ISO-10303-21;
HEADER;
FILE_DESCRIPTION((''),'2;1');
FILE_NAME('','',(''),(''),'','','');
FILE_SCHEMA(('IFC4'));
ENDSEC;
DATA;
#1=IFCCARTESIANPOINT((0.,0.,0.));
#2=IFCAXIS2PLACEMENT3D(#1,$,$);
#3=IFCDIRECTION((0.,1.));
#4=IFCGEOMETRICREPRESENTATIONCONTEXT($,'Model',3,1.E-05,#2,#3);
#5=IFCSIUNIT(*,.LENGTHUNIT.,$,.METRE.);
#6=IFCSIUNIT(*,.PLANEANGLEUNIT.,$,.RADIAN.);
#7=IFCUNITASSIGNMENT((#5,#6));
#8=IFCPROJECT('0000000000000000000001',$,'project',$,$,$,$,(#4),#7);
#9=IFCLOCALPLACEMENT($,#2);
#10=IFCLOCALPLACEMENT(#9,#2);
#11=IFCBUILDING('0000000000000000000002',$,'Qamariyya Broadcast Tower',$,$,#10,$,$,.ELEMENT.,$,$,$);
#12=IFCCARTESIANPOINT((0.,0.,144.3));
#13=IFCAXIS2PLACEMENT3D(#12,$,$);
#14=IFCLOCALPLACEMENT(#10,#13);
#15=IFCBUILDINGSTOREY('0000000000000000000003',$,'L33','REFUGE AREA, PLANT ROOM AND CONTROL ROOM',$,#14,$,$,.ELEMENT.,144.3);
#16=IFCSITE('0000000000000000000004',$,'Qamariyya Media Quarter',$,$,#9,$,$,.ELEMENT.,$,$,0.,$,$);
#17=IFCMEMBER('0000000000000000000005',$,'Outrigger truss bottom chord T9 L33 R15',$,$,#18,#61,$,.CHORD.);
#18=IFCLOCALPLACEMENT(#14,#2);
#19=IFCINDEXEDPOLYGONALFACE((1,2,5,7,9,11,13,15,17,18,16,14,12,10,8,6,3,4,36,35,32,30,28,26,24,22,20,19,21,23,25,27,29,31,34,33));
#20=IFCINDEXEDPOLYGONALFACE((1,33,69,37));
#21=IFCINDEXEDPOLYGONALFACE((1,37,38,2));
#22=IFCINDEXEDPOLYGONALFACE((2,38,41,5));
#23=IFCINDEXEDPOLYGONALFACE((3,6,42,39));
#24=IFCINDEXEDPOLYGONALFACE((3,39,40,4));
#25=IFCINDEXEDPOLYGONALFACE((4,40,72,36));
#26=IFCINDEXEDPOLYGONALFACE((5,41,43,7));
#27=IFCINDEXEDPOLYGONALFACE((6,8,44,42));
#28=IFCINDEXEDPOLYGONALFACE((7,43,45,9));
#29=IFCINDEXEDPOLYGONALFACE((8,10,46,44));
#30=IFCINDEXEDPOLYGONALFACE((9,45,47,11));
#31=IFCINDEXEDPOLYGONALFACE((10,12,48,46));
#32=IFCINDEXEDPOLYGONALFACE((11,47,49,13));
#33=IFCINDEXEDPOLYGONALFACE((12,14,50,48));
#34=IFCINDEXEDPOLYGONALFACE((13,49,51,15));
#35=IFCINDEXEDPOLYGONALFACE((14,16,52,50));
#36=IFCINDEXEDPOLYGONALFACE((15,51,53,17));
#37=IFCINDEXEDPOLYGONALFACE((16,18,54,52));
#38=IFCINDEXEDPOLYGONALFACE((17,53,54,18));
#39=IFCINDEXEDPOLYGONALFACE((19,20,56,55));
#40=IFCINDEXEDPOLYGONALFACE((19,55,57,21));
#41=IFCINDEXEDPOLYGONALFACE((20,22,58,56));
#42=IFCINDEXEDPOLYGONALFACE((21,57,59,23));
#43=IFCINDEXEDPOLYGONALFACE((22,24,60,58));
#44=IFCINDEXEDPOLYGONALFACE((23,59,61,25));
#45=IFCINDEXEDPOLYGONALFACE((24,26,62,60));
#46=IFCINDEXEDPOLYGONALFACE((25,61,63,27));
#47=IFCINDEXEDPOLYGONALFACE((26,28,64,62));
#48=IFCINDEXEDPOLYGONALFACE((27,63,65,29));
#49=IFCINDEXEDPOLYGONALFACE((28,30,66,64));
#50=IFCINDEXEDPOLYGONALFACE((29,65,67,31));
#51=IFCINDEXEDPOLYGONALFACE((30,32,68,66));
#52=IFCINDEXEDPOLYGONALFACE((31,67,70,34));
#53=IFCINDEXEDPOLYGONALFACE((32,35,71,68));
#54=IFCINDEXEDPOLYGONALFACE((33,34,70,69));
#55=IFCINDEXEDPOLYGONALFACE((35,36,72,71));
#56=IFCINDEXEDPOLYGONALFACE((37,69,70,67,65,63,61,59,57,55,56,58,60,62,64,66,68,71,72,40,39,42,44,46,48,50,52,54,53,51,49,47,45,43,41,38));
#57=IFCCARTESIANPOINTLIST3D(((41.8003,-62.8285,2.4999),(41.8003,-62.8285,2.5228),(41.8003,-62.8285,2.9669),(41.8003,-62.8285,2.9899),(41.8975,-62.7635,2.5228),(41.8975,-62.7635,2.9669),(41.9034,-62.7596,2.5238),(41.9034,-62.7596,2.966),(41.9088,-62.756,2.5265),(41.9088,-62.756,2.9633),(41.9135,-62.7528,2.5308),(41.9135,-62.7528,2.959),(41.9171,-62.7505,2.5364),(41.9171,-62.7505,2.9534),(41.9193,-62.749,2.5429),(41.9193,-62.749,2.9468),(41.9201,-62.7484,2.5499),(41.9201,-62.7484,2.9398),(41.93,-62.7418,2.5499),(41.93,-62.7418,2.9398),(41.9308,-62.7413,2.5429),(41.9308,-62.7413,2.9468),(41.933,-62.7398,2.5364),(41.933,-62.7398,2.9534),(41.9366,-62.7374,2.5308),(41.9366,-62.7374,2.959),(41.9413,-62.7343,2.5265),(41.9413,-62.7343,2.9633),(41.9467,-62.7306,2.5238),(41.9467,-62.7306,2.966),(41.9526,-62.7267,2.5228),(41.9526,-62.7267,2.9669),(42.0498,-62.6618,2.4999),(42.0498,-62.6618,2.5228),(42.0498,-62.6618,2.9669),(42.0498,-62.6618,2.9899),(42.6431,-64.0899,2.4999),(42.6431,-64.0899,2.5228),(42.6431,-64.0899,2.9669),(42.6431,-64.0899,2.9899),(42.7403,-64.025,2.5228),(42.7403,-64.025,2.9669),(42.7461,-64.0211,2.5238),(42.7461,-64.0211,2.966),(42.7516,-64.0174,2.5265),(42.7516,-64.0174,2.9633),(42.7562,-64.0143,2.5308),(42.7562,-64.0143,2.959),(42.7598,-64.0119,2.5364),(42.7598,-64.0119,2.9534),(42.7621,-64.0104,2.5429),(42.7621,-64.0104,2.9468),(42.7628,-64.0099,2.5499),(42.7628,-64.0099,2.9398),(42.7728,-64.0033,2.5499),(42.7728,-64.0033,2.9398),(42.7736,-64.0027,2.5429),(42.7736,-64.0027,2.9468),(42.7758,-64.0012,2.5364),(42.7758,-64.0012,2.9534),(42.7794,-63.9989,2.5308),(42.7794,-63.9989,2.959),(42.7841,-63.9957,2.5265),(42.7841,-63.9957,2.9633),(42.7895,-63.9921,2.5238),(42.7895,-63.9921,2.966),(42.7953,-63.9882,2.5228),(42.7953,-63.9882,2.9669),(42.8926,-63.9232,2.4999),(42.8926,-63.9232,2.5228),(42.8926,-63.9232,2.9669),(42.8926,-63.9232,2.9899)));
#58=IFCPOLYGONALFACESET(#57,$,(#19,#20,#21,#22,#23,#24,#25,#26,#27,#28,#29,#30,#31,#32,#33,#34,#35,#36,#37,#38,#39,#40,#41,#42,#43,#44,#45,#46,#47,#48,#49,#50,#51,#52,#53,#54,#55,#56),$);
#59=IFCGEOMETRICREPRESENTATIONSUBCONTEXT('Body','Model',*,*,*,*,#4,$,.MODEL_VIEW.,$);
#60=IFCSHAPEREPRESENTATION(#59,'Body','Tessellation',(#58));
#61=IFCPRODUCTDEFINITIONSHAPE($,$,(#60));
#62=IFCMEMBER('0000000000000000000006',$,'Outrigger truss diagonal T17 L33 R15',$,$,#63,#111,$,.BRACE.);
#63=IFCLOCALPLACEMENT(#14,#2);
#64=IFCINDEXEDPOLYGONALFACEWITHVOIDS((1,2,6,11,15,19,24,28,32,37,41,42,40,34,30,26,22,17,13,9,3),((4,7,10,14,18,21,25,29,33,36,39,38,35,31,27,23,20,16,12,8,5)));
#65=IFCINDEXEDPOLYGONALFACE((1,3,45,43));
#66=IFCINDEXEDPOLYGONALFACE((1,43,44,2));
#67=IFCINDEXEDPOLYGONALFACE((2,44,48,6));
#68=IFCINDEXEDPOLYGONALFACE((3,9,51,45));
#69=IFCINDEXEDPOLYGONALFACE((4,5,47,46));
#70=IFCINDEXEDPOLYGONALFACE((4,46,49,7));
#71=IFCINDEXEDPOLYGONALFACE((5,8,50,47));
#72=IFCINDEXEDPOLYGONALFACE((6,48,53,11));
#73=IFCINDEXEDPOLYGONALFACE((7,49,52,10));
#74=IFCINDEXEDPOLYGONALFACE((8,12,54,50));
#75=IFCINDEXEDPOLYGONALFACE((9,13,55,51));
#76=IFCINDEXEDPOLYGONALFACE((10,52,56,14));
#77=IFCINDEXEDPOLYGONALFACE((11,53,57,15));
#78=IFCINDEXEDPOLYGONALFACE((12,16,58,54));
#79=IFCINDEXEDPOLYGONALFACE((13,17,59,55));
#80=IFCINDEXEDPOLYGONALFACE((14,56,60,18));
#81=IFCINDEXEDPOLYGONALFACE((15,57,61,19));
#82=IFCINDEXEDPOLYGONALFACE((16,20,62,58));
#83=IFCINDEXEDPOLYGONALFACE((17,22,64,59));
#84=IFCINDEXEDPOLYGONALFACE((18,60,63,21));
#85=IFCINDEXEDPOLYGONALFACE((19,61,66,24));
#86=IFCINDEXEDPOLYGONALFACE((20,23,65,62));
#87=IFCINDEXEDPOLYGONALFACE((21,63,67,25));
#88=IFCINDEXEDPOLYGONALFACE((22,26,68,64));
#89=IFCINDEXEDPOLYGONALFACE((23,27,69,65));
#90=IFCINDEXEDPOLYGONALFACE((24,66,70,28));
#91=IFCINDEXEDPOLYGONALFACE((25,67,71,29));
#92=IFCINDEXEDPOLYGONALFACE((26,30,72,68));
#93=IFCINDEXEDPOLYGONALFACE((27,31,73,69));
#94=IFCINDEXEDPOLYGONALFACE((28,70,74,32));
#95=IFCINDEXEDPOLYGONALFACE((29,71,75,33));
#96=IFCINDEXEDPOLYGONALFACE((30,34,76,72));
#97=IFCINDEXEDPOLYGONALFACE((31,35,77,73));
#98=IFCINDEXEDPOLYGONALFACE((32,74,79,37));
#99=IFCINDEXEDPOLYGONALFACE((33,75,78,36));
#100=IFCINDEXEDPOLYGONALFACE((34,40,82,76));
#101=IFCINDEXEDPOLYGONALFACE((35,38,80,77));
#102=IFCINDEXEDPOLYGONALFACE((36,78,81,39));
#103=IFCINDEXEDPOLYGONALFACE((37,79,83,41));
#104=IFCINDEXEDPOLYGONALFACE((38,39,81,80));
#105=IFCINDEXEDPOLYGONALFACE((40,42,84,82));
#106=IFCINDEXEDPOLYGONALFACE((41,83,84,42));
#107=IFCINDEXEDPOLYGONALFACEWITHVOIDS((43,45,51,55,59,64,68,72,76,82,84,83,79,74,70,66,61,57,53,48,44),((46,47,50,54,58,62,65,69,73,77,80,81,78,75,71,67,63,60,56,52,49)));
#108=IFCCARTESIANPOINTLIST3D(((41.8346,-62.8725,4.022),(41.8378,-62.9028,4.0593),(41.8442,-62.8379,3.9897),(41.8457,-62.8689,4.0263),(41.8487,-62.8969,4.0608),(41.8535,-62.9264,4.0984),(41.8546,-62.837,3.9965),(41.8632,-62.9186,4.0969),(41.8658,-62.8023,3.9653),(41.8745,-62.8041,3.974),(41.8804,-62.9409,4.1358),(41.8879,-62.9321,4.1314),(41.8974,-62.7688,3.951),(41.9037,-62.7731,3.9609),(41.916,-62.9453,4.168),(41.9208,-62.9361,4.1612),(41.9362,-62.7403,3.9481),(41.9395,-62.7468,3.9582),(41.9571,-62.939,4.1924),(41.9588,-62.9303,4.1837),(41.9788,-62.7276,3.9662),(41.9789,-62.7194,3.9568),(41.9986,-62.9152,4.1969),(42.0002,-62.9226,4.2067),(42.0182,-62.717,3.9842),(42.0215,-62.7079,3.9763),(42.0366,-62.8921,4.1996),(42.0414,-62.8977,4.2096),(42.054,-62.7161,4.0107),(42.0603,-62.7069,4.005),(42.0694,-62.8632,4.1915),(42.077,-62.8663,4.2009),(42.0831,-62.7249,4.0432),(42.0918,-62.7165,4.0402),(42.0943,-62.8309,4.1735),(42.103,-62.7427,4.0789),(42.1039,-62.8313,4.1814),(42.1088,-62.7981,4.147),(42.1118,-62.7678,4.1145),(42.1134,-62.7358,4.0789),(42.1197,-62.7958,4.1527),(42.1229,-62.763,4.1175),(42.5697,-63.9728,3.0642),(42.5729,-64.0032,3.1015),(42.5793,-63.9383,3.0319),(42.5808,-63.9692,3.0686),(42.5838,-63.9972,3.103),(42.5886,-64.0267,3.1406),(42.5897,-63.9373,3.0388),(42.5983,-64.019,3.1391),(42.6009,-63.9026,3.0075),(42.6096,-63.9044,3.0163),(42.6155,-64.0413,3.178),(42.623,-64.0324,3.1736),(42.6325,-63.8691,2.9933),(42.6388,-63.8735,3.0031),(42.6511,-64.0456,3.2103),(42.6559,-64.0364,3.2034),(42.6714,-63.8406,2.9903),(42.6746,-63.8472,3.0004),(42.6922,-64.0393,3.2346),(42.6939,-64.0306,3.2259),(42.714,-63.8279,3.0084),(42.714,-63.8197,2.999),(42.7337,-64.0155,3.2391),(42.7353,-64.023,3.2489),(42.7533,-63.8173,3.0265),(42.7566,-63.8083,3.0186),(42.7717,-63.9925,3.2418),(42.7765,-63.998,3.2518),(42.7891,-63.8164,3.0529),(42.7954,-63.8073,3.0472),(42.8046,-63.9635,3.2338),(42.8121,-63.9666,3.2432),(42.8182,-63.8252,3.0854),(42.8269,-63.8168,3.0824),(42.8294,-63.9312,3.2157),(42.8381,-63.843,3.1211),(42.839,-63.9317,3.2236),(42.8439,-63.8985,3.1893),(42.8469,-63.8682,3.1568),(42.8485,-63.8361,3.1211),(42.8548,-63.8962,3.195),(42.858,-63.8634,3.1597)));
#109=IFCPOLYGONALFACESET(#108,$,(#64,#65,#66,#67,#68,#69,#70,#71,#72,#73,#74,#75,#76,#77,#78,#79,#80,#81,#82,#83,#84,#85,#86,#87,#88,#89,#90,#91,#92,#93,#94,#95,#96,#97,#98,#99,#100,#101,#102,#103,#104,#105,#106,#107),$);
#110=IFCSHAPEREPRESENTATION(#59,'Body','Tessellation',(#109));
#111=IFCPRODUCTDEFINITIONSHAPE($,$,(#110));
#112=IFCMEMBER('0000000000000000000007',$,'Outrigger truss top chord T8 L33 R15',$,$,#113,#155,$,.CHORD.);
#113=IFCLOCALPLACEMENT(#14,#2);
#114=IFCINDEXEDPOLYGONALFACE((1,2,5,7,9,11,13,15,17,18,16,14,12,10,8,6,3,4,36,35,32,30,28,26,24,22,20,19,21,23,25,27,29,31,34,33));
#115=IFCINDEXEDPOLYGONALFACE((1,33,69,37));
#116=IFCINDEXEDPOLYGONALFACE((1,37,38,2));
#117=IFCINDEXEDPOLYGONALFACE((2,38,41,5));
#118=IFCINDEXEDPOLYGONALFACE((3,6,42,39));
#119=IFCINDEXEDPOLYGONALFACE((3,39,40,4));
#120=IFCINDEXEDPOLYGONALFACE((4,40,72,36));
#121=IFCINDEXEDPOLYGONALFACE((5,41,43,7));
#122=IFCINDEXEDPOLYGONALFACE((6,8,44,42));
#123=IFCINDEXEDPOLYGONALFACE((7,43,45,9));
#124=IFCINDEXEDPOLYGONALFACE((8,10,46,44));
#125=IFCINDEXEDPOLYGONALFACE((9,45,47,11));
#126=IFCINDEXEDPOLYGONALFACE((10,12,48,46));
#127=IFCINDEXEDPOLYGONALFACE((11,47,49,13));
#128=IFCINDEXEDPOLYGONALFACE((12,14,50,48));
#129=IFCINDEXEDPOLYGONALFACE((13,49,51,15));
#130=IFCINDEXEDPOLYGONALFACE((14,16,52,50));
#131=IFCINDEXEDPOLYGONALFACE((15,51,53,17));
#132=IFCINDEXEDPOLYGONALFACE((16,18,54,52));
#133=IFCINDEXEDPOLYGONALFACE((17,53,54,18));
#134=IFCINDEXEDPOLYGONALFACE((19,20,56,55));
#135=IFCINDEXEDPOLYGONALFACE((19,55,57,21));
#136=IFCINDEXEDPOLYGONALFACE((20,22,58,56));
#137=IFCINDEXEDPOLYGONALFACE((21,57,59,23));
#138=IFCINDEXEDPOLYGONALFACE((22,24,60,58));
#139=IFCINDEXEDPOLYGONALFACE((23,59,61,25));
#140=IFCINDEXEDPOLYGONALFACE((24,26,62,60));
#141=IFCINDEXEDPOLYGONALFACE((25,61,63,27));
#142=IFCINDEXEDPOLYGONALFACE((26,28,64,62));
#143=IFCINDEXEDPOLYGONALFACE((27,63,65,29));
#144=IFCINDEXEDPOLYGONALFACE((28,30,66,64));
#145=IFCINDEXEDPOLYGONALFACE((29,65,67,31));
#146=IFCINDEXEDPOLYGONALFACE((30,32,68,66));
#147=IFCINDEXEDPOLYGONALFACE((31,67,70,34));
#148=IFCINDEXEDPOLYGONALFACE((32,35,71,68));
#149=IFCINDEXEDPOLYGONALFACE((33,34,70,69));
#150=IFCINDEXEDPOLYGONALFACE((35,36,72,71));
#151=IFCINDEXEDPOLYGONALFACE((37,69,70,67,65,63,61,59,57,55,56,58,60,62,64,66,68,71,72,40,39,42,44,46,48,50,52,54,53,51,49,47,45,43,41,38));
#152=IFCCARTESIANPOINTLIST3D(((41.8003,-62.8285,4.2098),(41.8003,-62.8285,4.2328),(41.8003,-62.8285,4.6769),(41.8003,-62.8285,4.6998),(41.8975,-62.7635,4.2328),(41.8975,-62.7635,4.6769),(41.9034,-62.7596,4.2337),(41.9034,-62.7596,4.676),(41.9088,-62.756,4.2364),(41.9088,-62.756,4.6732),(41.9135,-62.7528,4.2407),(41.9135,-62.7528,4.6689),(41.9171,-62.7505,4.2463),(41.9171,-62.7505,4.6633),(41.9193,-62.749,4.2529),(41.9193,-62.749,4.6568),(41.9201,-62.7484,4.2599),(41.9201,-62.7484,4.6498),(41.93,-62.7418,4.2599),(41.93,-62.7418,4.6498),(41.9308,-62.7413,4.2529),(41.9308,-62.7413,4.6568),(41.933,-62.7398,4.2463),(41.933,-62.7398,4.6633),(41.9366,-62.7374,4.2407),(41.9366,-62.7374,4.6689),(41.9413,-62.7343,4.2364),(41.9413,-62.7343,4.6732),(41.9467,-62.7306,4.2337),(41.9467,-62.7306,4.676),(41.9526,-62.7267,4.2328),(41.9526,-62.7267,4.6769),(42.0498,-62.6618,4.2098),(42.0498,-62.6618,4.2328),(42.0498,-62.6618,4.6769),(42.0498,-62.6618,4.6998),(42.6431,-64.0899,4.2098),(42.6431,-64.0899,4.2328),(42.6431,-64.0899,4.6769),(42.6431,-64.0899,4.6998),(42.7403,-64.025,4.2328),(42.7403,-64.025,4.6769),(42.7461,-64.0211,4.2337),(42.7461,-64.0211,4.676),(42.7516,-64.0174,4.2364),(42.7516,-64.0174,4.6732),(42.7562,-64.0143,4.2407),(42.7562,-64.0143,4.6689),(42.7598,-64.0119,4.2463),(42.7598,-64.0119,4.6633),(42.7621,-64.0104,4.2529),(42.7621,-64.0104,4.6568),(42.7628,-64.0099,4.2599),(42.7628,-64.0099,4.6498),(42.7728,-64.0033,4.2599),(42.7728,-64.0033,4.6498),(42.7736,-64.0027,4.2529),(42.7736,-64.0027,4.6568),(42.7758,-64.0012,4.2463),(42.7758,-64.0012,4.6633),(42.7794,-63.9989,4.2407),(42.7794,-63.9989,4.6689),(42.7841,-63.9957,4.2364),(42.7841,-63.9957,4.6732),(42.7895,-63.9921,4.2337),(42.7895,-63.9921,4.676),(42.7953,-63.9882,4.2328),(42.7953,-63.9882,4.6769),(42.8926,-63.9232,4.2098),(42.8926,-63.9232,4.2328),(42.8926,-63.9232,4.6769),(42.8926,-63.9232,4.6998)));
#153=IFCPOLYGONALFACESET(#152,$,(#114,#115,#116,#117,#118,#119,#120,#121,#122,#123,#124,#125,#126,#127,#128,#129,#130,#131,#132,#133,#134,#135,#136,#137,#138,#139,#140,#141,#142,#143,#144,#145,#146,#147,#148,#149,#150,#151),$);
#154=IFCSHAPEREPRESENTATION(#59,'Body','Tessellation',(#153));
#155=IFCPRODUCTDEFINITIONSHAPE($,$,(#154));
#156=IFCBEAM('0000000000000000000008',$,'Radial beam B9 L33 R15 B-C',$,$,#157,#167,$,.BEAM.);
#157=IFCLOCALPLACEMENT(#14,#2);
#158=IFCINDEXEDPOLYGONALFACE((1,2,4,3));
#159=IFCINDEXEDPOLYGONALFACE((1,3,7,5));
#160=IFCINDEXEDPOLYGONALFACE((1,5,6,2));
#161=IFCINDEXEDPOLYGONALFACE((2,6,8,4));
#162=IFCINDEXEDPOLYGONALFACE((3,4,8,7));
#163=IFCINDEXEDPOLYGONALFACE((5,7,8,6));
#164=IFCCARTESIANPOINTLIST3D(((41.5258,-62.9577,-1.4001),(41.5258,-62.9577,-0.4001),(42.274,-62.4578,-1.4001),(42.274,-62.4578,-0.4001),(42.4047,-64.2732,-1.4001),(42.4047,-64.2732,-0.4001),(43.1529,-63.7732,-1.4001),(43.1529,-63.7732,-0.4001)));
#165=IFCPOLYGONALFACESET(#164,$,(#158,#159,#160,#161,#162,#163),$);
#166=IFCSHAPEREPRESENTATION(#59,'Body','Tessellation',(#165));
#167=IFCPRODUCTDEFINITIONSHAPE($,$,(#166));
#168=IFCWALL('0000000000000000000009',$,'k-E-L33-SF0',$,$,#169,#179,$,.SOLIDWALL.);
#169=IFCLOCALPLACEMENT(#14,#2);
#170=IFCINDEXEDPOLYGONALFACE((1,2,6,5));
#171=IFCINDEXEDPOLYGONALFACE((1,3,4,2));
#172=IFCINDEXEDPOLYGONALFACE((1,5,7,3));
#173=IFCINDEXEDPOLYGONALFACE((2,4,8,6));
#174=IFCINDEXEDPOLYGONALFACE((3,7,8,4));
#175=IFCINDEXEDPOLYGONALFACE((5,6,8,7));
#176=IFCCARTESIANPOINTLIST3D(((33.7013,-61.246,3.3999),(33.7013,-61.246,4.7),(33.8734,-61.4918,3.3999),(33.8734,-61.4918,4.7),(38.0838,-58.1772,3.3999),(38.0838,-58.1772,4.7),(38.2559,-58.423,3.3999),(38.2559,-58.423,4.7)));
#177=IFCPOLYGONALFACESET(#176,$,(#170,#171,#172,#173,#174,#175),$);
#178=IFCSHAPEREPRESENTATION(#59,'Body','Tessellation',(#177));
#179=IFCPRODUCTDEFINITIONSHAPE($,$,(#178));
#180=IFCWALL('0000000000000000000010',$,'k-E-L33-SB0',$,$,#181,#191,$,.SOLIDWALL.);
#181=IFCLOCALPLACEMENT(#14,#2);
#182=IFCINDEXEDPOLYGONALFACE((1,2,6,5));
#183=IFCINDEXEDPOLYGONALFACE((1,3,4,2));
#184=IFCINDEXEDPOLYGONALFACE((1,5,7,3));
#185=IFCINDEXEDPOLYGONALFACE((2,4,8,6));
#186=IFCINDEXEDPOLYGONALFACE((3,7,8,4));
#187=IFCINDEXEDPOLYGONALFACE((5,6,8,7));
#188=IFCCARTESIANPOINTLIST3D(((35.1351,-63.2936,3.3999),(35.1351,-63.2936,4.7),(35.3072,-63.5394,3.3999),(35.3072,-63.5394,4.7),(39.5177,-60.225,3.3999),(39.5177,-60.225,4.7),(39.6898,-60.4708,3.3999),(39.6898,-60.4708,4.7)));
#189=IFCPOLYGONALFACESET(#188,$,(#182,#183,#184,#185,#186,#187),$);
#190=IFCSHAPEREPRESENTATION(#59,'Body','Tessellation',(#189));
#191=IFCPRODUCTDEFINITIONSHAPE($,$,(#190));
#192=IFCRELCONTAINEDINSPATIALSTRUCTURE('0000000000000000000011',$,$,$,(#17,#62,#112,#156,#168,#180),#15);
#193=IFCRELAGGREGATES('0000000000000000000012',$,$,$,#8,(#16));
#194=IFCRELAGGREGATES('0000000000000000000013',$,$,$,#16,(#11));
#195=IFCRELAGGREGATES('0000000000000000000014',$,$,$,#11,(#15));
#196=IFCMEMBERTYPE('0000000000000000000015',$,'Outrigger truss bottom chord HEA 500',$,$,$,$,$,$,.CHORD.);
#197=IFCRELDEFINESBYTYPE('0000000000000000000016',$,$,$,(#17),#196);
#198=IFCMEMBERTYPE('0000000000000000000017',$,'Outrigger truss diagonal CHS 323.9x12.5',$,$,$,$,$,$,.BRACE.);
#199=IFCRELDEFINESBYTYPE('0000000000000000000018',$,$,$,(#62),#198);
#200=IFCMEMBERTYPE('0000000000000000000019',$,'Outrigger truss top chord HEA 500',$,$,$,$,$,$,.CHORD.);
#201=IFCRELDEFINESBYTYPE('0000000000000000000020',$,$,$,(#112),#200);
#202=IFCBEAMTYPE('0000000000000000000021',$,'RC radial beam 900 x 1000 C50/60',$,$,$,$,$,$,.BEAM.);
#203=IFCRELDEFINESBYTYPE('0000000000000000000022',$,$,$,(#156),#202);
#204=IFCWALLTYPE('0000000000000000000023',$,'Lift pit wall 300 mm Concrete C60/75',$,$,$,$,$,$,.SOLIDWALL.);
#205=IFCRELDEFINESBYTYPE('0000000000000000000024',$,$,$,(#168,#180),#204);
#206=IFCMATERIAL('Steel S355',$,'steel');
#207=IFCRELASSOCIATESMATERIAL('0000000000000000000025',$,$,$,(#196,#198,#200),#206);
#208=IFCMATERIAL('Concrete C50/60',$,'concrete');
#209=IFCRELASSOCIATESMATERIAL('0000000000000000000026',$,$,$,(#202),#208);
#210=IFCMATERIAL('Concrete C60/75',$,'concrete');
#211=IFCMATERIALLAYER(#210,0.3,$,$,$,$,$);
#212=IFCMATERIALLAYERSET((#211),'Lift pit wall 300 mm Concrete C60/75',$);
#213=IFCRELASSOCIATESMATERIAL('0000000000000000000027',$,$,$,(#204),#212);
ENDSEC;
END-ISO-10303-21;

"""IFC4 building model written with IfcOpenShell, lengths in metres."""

from ifc_helpers import new_model, si_unit, direction, frame, frame_2d, origin, origin_2d, place, context, subcontext, project, spatial, rectangle, hollow_circle, i_section, extrude, material, layer, layer_set, material_profile, profile_set, type_object, element, save


model = new_model("IFC4")

# Units and contexts
model_context = context("Model", 3, precision=1e-05, world=origin(), true_north=direction((0.0, 1.0)))
body_context = subcontext(model_context, "Body", "Model", "MODEL_VIEW")
ifc_project = project(units=[si_unit("LENGTHUNIT", "METRE"), si_unit("PLANEANGLEUNIT", "RADIAN")], contexts=[model_context])

# Site, building, storey
site_placement = place(None, origin())
site = spatial("IfcSite", under=ifc_project, at=site_placement, Name="Qamariyya Media Quarter", CompositionType="ELEMENT", RefElevation=0.0)
building_placement = place(site_placement, origin())
building = spatial("IfcBuilding", under=site, at=building_placement, Name="Qamariyya Broadcast Tower", CompositionType="ELEMENT")
storey_placement = place(building_placement, frame((0.0, 0.0, 144.3)))
storey = spatial("IfcBuildingStorey", under=building, at=storey_placement, Name="L33", Description="REFUGE AREA, PLANT ROOM AND CONTROL ROOM", CompositionType="ELEMENT", Elevation=144.3)

# Members
ifc_material_1 = material(Name="Steel S355", Category="steel")
ifc_material_profile_1 = material_profile(ifc_material_1, i_section(OverallWidth=0.3, OverallDepth=0.49, WebThickness=0.012, FlangeThickness=0.0229, FilletRadius=0.0271, at=origin_2d()))
ifc_profile_set_1 = profile_set([ifc_material_profile_1], Name="Steel S355")
member_type_1 = type_object("IfcMemberType", Name="Outrigger truss bottom chord HEA 500", PredefinedType="CHORD", material=ifc_profile_set_1)
member_1_placement = place(storey_placement, frame((41.925, -62.7451, 2.7449), z_axis=(0.555517, -0.831505, 0.0), x_axis=(0.831505, 0.555517, 0.0)))
element("IfcMember", 1, at=member_1_placement, inside=storey, type_object=member_type_1, Name="Outrigger truss bottom chord T9 L33 R15", PredefinedType="CHORD", context=body_context, shape_type="SweptSolid", body=[
    extrude(i_section(OverallWidth=0.3, OverallDepth=0.49, WebThickness=0.012, FlangeThickness=0.0229, FilletRadius=0.0271, at=origin_2d()), origin(), (0.0, 0.0, 1.0), 1.5171),
])
ifc_material_profile_2 = material_profile(ifc_material_1, hollow_circle(Radius=0.1619, WallThickness=0.0125, at=origin_2d()))
ifc_profile_set_2 = profile_set([ifc_material_profile_2], Name="Steel S355")
member_type_2 = type_object("IfcMemberType", Name="Outrigger truss diagonal CHS 323.9x12.5", PredefinedType="BRACE", material=ifc_profile_set_2)
member_2_placement = place(storey_placement, frame((41.9788, -62.8257, 4.0789), z_axis=(0.450009, -0.673594, -0.586312), x_axis=(0.831511, 0.555509, 0.0)))
element("IfcMember", 2, at=member_2_placement, inside=storey, type_object=member_type_2, Name="Outrigger truss diagonal T17 L33 R15", PredefinedType="BRACE", context=body_context, shape_type="SweptSolid", body=[
    extrude(hollow_circle(Radius=0.1619, WallThickness=0.0125, at=origin_2d()), origin(), (0.0, 0.0, 1.0), 1.6335),
])
ifc_material_profile_3 = material_profile(ifc_material_1, i_section(OverallWidth=0.3, OverallDepth=0.49, WebThickness=0.012, FlangeThickness=0.0229, FilletRadius=0.0271, at=origin_2d()))
ifc_profile_set_3 = profile_set([ifc_material_profile_3], Name="Steel S355")
member_type_3 = type_object("IfcMemberType", Name="Outrigger truss top chord HEA 500", PredefinedType="CHORD", material=ifc_profile_set_3)
member_3_placement = place(storey_placement, frame((41.925, -62.7451, 4.4548), z_axis=(0.555517, -0.831505, 0.0), x_axis=(0.831505, 0.555517, 0.0)))
element("IfcMember", 3, at=member_3_placement, inside=storey, type_object=member_type_3, Name="Outrigger truss top chord T8 L33 R15", PredefinedType="CHORD", context=body_context, shape_type="SweptSolid", body=[
    extrude(i_section(OverallWidth=0.3, OverallDepth=0.49, WebThickness=0.012, FlangeThickness=0.0229, FilletRadius=0.0271, at=origin_2d()), origin(), (0.0, 0.0, 1.0), 1.5171),
])

# Beam
ifc_material_2 = material(Name="Concrete C50/60", Category="concrete")
ifc_material_profile_4 = material_profile(ifc_material_2, rectangle(XDim=0.8999, YDim=1.0, at=origin_2d()))
ifc_profile_set_4 = profile_set([ifc_material_profile_4], Name="Concrete C50/60")
beam_type = type_object("IfcBeamType", Name="RC radial beam 900 x 1000 C50/60", PredefinedType="BEAM", material=ifc_profile_set_4)
beam_placement = place(storey_placement, frame((41.8999, -62.7078, -0.9001), z_axis=(0.555555, -0.83148, 0.0), x_axis=(0.83148, 0.555555, 0.0)))
element("IfcBeam", 4, at=beam_placement, inside=storey, type_object=beam_type, Name="Radial beam B9 L33 R15 B-C", PredefinedType="BEAM", context=body_context, shape_type="SweptSolid", body=[
    extrude(rectangle(XDim=0.8999, YDim=1.0, at=origin_2d()), origin(), (0.0, 0.0, 1.0), 1.582),
])

# Walls
ifc_material_3 = material(Name="Concrete C60/75", Category="concrete")
ifc_layer_1 = layer(ifc_material_3, 0.3)
ifc_layer_set_1 = layer_set([ifc_layer_1], Name="Lift pit wall 300 mm Concrete C60/75")
wall_type_1 = type_object("IfcWallType", Name="Lift pit wall 300 mm Concrete C60/75", PredefinedType="SOLIDWALL", material=ifc_layer_set_1)
for number, where, z_axis, x_axis, name in (
    (5, (33.7874, -61.3689, 3.3999), (0.0, 0.0, 1.0), (0.81914, 0.573594, 0.0), "k-E-L33-SF0"),
    (6, (35.2212, -63.4165, 3.3999), (0.0, 0.0, 1.0), (0.819161, 0.573563, 0.0), "k-E-L33-SB0"),
):
    element("IfcWall", number, at=place(storey_placement, frame(where, z_axis=z_axis, x_axis=x_axis)), inside=storey, type_object=wall_type_1, Name=name, PredefinedType="SOLIDWALL", context=body_context, shape_type="SweptSolid", body=[
        extrude(rectangle(XDim=5.3501, YDim=0.3, at=frame_2d((2.675, 0.0))), origin(), (0.0, 0.0, 1.0), 1.3),
    ])

save(model, "model.ifc")
